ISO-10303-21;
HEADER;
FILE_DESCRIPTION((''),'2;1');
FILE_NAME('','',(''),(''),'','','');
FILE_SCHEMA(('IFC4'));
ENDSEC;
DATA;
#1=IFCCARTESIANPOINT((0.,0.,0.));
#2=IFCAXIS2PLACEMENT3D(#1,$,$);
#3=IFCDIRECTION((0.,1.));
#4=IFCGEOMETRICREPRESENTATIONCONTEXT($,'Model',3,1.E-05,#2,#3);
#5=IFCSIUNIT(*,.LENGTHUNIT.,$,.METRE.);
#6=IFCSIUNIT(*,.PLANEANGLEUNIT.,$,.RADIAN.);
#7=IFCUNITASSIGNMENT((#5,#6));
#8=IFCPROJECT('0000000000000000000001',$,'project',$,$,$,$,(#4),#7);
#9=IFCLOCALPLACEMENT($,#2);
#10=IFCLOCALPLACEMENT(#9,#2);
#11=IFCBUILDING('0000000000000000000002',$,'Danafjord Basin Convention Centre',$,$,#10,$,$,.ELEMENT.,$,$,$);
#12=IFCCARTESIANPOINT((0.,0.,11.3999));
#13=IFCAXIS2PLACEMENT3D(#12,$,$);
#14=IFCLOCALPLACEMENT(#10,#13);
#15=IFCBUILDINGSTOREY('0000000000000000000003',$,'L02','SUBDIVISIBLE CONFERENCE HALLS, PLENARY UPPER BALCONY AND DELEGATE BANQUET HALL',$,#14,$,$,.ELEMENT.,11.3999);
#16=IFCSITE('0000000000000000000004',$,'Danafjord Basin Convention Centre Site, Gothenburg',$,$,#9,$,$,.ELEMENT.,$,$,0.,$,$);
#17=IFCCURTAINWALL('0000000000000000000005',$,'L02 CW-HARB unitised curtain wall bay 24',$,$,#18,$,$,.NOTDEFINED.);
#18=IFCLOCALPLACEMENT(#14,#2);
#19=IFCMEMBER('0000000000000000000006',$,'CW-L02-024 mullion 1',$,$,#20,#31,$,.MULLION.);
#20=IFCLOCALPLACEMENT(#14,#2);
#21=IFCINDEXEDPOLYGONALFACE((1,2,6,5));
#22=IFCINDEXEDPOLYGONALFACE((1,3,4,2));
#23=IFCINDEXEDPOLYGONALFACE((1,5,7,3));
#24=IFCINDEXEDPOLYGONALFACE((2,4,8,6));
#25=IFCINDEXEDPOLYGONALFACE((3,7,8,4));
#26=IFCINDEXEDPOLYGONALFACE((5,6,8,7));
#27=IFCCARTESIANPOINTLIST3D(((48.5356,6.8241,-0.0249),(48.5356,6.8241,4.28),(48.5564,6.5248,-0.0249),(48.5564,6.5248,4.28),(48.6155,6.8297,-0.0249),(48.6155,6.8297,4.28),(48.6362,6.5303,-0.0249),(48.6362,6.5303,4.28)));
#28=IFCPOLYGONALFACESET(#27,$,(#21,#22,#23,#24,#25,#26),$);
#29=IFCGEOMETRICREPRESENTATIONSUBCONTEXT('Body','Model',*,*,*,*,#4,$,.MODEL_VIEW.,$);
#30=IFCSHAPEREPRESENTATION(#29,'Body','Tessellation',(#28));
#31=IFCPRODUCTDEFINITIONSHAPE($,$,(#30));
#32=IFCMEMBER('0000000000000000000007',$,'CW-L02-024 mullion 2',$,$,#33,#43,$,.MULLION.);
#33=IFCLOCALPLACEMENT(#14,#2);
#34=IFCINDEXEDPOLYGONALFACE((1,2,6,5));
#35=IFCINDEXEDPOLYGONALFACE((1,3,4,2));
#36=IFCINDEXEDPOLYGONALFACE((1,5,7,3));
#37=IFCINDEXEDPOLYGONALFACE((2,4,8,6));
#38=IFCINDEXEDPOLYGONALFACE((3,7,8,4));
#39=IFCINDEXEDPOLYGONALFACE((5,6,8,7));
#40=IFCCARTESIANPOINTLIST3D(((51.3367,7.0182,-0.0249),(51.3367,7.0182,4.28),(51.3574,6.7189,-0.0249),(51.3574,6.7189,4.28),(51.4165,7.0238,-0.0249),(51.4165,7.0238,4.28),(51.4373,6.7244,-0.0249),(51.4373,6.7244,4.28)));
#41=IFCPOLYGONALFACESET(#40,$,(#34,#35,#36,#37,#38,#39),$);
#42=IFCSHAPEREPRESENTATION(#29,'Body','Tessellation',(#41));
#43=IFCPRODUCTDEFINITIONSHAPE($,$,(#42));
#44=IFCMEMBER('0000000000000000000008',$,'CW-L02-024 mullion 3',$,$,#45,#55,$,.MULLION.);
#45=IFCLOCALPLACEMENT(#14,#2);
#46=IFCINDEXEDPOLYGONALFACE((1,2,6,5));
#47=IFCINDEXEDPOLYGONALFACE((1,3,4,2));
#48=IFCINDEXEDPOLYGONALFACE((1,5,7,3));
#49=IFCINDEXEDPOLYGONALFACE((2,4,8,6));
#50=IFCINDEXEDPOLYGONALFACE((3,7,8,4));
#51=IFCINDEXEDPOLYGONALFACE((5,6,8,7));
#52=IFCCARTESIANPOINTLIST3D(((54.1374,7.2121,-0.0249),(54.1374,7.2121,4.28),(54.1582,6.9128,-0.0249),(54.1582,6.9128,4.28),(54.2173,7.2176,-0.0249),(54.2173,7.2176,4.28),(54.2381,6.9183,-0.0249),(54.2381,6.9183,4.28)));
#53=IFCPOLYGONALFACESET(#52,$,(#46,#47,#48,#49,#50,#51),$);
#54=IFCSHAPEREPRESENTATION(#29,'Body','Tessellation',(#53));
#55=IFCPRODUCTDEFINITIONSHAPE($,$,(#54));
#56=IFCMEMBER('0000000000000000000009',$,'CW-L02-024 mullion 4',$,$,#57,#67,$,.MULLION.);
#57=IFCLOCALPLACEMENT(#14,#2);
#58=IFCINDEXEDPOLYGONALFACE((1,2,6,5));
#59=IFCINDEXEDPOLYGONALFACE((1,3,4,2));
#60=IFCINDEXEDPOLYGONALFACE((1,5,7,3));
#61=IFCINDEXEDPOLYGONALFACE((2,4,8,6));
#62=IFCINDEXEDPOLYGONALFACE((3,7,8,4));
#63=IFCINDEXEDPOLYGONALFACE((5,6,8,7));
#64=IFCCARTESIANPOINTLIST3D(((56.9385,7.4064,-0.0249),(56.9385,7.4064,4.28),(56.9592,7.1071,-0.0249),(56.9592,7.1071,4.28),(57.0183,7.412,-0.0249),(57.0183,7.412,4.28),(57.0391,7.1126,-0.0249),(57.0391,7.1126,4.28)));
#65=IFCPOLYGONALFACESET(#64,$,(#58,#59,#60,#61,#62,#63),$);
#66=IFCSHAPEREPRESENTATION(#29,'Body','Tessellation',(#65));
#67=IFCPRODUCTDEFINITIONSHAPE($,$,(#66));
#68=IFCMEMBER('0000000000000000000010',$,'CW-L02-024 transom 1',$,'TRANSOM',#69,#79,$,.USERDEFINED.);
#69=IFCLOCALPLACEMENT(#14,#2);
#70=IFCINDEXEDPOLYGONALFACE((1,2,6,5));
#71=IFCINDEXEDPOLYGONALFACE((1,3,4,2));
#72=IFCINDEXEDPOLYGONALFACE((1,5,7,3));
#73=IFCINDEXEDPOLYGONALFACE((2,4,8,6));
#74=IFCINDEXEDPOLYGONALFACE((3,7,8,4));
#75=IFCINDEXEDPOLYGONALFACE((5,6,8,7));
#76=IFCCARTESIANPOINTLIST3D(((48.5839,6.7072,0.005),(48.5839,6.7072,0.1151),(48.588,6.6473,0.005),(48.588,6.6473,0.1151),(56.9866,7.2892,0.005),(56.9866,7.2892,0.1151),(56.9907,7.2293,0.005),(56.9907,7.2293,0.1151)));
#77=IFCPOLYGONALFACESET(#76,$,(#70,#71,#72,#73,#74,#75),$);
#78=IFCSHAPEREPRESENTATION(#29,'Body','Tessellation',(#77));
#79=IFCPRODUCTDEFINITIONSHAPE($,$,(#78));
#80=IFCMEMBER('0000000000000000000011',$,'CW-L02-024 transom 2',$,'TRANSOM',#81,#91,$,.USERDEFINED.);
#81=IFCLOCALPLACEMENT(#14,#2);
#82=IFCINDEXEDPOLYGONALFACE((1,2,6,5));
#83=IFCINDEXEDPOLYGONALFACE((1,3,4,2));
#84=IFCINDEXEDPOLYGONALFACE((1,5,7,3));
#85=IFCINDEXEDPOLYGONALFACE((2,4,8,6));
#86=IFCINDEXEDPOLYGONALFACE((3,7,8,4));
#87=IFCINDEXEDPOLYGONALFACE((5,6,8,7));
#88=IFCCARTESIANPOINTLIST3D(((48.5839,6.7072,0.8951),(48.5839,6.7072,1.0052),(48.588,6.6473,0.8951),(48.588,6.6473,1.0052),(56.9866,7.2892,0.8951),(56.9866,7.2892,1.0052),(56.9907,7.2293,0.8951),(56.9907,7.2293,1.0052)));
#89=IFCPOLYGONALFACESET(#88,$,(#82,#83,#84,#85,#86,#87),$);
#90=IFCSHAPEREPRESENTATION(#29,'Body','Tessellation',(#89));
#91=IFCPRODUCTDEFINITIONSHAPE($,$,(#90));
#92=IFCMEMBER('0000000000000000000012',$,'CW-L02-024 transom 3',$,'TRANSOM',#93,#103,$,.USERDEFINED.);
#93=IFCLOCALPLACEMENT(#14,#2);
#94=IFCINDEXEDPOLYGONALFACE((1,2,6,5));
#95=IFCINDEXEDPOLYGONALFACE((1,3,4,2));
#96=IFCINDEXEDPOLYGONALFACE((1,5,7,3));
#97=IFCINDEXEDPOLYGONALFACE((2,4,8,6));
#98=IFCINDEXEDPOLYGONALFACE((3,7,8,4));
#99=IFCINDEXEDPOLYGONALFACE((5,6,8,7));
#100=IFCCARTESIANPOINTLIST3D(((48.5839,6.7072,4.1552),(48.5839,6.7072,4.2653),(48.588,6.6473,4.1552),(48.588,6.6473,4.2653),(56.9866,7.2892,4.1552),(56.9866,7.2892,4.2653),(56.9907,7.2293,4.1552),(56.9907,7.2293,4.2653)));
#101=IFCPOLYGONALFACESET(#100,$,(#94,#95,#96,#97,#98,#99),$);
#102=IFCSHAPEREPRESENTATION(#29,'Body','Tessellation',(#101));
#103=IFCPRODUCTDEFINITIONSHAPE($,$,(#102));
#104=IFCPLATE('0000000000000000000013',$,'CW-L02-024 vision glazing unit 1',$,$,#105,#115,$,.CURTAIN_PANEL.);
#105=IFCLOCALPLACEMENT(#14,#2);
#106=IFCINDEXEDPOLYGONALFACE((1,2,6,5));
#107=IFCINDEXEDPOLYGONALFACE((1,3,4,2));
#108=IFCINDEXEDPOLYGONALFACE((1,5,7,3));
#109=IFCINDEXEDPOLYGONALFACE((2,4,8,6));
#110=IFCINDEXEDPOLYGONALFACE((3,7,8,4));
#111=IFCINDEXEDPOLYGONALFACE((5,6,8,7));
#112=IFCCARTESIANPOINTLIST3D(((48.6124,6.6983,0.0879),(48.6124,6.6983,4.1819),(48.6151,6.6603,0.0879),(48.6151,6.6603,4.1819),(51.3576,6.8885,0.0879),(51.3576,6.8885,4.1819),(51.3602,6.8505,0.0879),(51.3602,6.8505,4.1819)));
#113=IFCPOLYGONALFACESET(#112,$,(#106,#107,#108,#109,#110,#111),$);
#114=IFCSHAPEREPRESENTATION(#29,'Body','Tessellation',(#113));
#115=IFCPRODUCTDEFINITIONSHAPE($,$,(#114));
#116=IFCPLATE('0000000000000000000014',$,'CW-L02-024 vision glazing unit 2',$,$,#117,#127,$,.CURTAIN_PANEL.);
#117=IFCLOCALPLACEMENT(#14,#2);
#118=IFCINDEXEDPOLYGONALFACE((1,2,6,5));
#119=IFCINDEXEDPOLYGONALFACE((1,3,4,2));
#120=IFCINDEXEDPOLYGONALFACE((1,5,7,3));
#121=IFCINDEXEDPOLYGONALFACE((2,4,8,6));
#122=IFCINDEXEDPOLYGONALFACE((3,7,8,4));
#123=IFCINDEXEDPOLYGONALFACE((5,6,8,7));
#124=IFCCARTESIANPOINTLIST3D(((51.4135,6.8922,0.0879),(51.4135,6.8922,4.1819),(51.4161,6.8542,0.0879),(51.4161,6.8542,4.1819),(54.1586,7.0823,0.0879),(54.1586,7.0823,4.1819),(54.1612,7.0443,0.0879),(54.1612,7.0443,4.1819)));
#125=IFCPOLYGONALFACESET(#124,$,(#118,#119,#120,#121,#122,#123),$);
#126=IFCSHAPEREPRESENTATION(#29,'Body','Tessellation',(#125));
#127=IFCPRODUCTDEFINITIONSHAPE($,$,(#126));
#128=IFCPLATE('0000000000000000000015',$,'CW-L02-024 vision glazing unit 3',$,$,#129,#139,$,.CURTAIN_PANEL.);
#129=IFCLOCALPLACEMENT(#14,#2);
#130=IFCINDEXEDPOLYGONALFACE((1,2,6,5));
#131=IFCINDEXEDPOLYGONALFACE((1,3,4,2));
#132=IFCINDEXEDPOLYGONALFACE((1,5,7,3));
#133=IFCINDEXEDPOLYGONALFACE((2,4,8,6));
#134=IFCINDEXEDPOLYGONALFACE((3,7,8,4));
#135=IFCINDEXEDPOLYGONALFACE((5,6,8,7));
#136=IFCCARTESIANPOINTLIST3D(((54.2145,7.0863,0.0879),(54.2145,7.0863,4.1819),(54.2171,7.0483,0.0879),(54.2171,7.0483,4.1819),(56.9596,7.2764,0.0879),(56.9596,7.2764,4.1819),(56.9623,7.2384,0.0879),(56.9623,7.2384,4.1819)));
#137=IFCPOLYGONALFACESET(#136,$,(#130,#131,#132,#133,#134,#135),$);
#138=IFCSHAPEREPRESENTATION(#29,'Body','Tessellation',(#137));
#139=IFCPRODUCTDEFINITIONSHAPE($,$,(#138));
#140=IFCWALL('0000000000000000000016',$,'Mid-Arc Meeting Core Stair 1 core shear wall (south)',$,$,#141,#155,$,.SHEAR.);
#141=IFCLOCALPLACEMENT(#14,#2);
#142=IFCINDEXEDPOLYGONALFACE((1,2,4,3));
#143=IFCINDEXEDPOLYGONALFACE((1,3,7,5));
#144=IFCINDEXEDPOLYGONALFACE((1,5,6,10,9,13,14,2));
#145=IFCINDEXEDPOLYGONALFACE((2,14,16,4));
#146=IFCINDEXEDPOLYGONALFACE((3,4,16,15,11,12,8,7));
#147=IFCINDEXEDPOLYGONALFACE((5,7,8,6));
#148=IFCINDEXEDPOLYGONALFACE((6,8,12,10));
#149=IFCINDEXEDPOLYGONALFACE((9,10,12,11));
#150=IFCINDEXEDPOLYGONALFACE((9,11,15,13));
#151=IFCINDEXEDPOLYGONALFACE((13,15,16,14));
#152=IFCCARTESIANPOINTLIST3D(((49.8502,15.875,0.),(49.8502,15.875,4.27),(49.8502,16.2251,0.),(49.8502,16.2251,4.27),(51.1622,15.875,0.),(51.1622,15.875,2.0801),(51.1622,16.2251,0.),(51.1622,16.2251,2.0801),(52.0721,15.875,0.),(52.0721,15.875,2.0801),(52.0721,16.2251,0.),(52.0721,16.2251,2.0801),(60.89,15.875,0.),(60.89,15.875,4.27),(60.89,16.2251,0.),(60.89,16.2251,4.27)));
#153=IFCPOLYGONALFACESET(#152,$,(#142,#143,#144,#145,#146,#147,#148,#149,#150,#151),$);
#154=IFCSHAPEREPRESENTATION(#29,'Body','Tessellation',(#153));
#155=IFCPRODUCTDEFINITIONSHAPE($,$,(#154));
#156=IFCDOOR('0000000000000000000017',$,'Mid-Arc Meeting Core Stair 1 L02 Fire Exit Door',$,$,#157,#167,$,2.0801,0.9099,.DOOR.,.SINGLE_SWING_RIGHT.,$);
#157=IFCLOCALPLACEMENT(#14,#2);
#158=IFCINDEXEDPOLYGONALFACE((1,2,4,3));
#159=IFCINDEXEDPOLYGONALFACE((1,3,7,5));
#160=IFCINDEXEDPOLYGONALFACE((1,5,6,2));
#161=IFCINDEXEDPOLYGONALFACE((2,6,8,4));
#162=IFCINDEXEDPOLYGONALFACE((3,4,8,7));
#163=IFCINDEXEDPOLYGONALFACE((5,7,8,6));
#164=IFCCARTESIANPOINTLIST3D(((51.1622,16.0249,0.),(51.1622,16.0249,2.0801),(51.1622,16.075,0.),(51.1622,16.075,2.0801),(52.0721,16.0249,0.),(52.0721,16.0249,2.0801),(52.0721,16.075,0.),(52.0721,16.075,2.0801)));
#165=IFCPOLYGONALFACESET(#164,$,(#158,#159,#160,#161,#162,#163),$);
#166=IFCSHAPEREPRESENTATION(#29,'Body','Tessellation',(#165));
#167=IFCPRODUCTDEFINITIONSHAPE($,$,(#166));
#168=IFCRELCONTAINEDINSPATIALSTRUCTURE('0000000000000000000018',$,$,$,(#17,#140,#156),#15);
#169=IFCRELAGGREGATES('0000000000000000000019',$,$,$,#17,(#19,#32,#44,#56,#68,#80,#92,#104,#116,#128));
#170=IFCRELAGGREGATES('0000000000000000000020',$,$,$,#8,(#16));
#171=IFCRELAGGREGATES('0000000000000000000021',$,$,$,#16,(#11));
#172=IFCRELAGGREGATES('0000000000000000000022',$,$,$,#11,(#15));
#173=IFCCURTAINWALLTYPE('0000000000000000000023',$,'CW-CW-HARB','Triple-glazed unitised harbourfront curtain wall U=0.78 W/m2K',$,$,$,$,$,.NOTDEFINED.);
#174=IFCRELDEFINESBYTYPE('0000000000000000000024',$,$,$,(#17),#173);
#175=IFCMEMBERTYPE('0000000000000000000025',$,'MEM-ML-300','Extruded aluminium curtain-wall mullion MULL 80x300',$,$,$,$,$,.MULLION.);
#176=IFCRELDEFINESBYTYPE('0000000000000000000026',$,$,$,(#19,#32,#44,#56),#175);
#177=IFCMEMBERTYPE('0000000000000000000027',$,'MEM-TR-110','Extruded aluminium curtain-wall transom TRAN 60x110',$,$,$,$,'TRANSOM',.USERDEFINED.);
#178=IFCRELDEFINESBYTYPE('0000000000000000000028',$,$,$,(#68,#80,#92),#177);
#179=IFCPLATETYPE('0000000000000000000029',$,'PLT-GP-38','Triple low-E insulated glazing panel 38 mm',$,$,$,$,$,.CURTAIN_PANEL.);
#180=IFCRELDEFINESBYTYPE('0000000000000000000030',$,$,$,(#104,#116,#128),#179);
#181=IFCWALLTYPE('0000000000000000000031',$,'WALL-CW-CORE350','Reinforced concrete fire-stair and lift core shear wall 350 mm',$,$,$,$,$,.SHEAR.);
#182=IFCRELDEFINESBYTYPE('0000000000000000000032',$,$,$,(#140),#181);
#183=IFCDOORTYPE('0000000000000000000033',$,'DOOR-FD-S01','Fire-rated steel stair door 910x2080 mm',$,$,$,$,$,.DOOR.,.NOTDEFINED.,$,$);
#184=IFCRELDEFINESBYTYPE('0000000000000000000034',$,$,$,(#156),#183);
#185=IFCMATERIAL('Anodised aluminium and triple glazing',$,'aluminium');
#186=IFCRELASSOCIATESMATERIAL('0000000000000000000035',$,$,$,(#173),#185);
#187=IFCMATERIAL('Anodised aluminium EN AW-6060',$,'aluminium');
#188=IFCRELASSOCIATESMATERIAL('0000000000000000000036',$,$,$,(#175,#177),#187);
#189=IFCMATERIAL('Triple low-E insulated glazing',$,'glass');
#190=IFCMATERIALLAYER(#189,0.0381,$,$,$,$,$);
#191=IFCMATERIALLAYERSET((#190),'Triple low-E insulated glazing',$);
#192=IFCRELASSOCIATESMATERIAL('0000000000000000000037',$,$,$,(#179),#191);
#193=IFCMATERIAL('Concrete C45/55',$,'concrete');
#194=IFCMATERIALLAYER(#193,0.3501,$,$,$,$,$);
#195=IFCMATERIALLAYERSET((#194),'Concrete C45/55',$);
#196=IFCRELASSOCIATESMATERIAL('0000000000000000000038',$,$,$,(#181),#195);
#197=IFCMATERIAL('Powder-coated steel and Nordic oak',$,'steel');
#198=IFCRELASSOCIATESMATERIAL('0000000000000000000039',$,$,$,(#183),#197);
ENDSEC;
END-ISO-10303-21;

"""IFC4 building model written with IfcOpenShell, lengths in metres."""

from ifc_helpers import new_model, si_unit, direction, frame, frame_2d, origin, origin_2d, place, context, subcontext, project, spatial, rectangle, extrude, material, layer, layer_set, material_profile, profile_set, type_object, element, fill, aggregate, save


model = new_model("IFC4")

# Units and contexts
model_context = context("Model", 3, precision=1e-05, world=origin(), true_north=direction((0.0, 1.0)))
body_context = subcontext(model_context, "Body", "Model", "MODEL_VIEW")
ifc_project = project(units=[si_unit("LENGTHUNIT", "METRE"), si_unit("PLANEANGLEUNIT", "RADIAN")], contexts=[model_context])

# Site, building, storey
site_placement = place(None, origin())
site = spatial("IfcSite", under=ifc_project, at=site_placement, Name="Danafjord Basin Convention Centre Site, Gothenburg", CompositionType="ELEMENT", RefElevation=0.0)
building_placement = place(site_placement, origin())
building = spatial("IfcBuilding", under=site, at=building_placement, Name="Danafjord Basin Convention Centre", CompositionType="ELEMENT")
storey_placement = place(building_placement, frame((0.0, 0.0, 11.3999)))
storey = spatial("IfcBuildingStorey", under=building, at=storey_placement, Name="L02", Description="SUBDIVISIBLE CONFERENCE HALLS, PLENARY UPPER BALCONY AND DELEGATE BANQUET HALL", CompositionType="ELEMENT", Elevation=11.3999)

# Curtain wall, members, plates
ifc_material_1 = material(Name="Anodised aluminium and triple glazing", Category="aluminium")
curtain_wall_type = type_object("IfcCurtainWallType", Name="CW-CW-HARB", Description="Triple-glazed unitised harbourfront curtain wall U=0.78 W/m2K", PredefinedType="NOTDEFINED", material=ifc_material_1)
curtain_wall_placement = place(storey_placement, origin())
curtain_wall = element("IfcCurtainWall", 1, at=curtain_wall_placement, inside=storey, type_object=curtain_wall_type, Name="L02 CW-HARB unitised curtain wall bay 24", PredefinedType="NOTDEFINED")
ifc_material_2 = material(Name="Anodised aluminium EN AW-6060", Category="aluminium")
ifc_material_profile_1 = material_profile(ifc_material_2, rectangle(XDim=0.0801, YDim=0.3, at=origin_2d()), Name="MULL 80x300")
ifc_profile_set_1 = profile_set([ifc_material_profile_1], Name="Anodised aluminium EN AW-6060")
member_type_1 = type_object("IfcMemberType", Name="MEM-ML-300", Description="Extruded aluminium curtain-wall mullion MULL 80x300", PredefinedType="MULLION", material=ifc_profile_set_1)
member_1_placement = place(storey_placement, frame((48.5859, 6.6772, -0.0249), z_axis=(0.0, 0.0, 1.0), x_axis=(0.997609, 0.069105, 0.0)))
member_1 = element("IfcMember", 2, at=member_1_placement, type_object=member_type_1, Name="CW-L02-024 mullion 1", PredefinedType="MULLION", context=body_context, shape_type="SweptSolid", body=[
    extrude(rectangle(XDim=0.0801, YDim=0.3, at=origin_2d()), origin(), (0.0, 0.0, 1.0), 4.3049),
])
member_2_placement = place(storey_placement, frame((51.387, 6.8713, -0.0249), z_axis=(0.0, 0.0, 1.0), x_axis=(0.997609, 0.069105, 0.0)))
member_2 = element("IfcMember", 3, at=member_2_placement, type_object=member_type_1, Name="CW-L02-024 mullion 2", PredefinedType="MULLION", context=body_context, shape_type="SweptSolid", body=[
    extrude(rectangle(XDim=0.0801, YDim=0.3, at=origin_2d()), origin(), (0.0, 0.0, 1.0), 4.3049),
])
member_3_placement = place(storey_placement, frame((54.1877, 7.0652, -0.0249), z_axis=(0.0, 0.0, 1.0), x_axis=(0.997609, 0.069105, 0.0)))
member_3 = element("IfcMember", 4, at=member_3_placement, type_object=member_type_1, Name="CW-L02-024 mullion 3", PredefinedType="MULLION", context=body_context, shape_type="SweptSolid", body=[
    extrude(rectangle(XDim=0.0801, YDim=0.3, at=origin_2d()), origin(), (0.0, 0.0, 1.0), 4.3049),
])
member_4_placement = place(storey_placement, frame((56.9888, 7.2595, -0.0249), z_axis=(0.0, 0.0, 1.0), x_axis=(0.997609, 0.069105, 0.0)))
member_4 = element("IfcMember", 5, at=member_4_placement, type_object=member_type_1, Name="CW-L02-024 mullion 4", PredefinedType="MULLION", context=body_context, shape_type="SweptSolid", body=[
    extrude(rectangle(XDim=0.0801, YDim=0.3, at=origin_2d()), origin(), (0.0, 0.0, 1.0), 4.3049),
])
ifc_material_profile_2 = material_profile(ifc_material_2, rectangle(XDim=0.0601, YDim=0.1101, at=origin_2d()), Name="TRAN 60x110")
ifc_profile_set_2 = profile_set([ifc_material_profile_2], Name="Anodised aluminium EN AW-6060")
member_type_2 = type_object("IfcMemberType", Name="MEM-TR-110", Description="Extruded aluminium curtain-wall transom TRAN 60x110", ElementType="TRANSOM", PredefinedType="USERDEFINED", material=ifc_profile_set_2)
member_5_placement = place(storey_placement, frame((48.5859, 6.6772, 0.0601), z_axis=(0.99761, 0.069101, 0.0), x_axis=(-0.069101, 0.99761, 0.0)))
member_5 = element("IfcMember", 6, at=member_5_placement, type_object=member_type_2, Name="CW-L02-024 transom 1", ObjectType="TRANSOM", PredefinedType="USERDEFINED", context=body_context, shape_type="SweptSolid", body=[
    extrude(rectangle(XDim=0.0601, YDim=0.1101, at=origin_2d()), origin(), (0.0, 0.0, 1.0), 8.4229),
])
member_6_placement = place(storey_placement, frame((48.5859, 6.6772, 0.9502), z_axis=(0.99761, 0.069101, 0.0), x_axis=(-0.069101, 0.99761, 0.0)))
member_6 = element("IfcMember", 7, at=member_6_placement, type_object=member_type_2, Name="CW-L02-024 transom 2", ObjectType="TRANSOM", PredefinedType="USERDEFINED", context=body_context, shape_type="SweptSolid", body=[
    extrude(rectangle(XDim=0.0601, YDim=0.1101, at=origin_2d()), origin(), (0.0, 0.0, 1.0), 8.4229),
])
member_7_placement = place(storey_placement, frame((48.5859, 6.6772, 4.2102), z_axis=(0.99761, 0.069101, 0.0), x_axis=(-0.069101, 0.99761, 0.0)))
member_7 = element("IfcMember", 8, at=member_7_placement, type_object=member_type_2, Name="CW-L02-024 transom 3", ObjectType="TRANSOM", PredefinedType="USERDEFINED", context=body_context, shape_type="SweptSolid", body=[
    extrude(rectangle(XDim=0.0601, YDim=0.1101, at=origin_2d()), origin(), (0.0, 0.0, 1.0), 8.4229),
])
ifc_material_3 = material(Name="Triple low-E insulated glazing", Category="glass")
ifc_layer_1 = layer(ifc_material_3, 0.0381)
ifc_layer_set_1 = layer_set([ifc_layer_1], Name="Triple low-E insulated glazing")
plate_type = type_object("IfcPlateType", Name="PLT-GP-38", Description="Triple low-E insulated glazing panel 38 mm", PredefinedType="CURTAIN_PANEL", material=ifc_layer_set_1)
plate_1_placement = place(storey_placement, frame((49.9863, 6.7744, 0.0879), z_axis=(0.0, 0.0, 1.0), x_axis=(0.997609, 0.069105, 0.0)))
plate_1 = element("IfcPlate", 9, at=plate_1_placement, type_object=plate_type, Name="CW-L02-024 vision glazing unit 1", PredefinedType="CURTAIN_PANEL", context=body_context, shape_type="SweptSolid", body=[
    extrude(rectangle(XDim=2.7517, YDim=0.0381, at=origin_2d()), origin(), (0.0, 0.0, 1.0), 4.094),
])
plate_2_placement = place(storey_placement, frame((52.7874, 6.9683, 0.0879), z_axis=(0.0, 0.0, 1.0), x_axis=(0.997609, 0.069105, 0.0)))
plate_2 = element("IfcPlate", 10, at=plate_2_placement, type_object=plate_type, Name="CW-L02-024 vision glazing unit 2", PredefinedType="CURTAIN_PANEL", context=body_context, shape_type="SweptSolid", body=[
    extrude(rectangle(XDim=2.7517, YDim=0.0381, at=origin_2d()), origin(), (0.0, 0.0, 1.0), 4.094),
])
plate_3_placement = place(storey_placement, frame((55.5884, 7.1624, 0.0879), z_axis=(0.0, 0.0, 1.0), x_axis=(0.997609, 0.069105, 0.0)))
plate_3 = element("IfcPlate", 11, at=plate_3_placement, type_object=plate_type, Name="CW-L02-024 vision glazing unit 3", PredefinedType="CURTAIN_PANEL", context=body_context, shape_type="SweptSolid", body=[
    extrude(rectangle(XDim=2.7517, YDim=0.0381, at=origin_2d()), origin(), (0.0, 0.0, 1.0), 4.094),
])
aggregate(curtain_wall, [member_1, member_2, member_3, member_4, member_5, member_6, member_7, plate_1, plate_2, plate_3])

# Wall, opening, door
ifc_material_4 = material(Name="Concrete C45/55", Category="concrete")
ifc_layer_2 = layer(ifc_material_4, 0.3501)
ifc_layer_set_2 = layer_set([ifc_layer_2], Name="Concrete C45/55")
wall_type = type_object("IfcWallType", Name="WALL-CW-CORE350", Description="Reinforced concrete fire-stair and lift core shear wall 350 mm", PredefinedType="SHEAR", material=ifc_layer_set_2)
wall_placement = place(storey_placement, frame((49.8501, 16.05, 0.0), z_axis=(0.0, 0.0, 1.0), x_axis=(1.0, 0.0, 0.0)))
wall = element("IfcWall", 12, at=wall_placement, inside=storey, type_object=wall_type, Name="Mid-Arc Meeting Core Stair 1 core shear wall (south)", PredefinedType="SHEAR", context=body_context, shape_type="SweptSolid", body=[
    extrude(rectangle(XDim=11.0398, YDim=0.3501, at=frame_2d((5.52, 0.0))), origin(), (0.0, 0.0, 1.0), 4.27),
])
opening_placement = place(wall_placement, frame((1.312, 0.0, 0.0)))
opening = element("IfcOpeningElement", 13, at=opening_placement, cuts=wall, PredefinedType="OPENING", context=body_context, shape_type="SweptSolid", body=[
    extrude(rectangle(XDim=0.9099, YDim=2.0801, at=frame_2d((0.4551, 1.04))), frame((0.0, 0.1851, 0.0), z_axis=(0.0, -1.0, 0.0), x_axis=(1.0, 0.0, 0.0)), (0.0, 0.0, 1.0), 0.3701),
])
ifc_material_5 = material(Name="Powder-coated steel and Nordic oak", Category="steel")
door_type = type_object("IfcDoorType", Name="DOOR-FD-S01", Description="Fire-rated steel stair door 910x2080 mm", OperationType="NOTDEFINED", PredefinedType="DOOR", material=ifc_material_5)
door_placement = place(opening_placement, origin())
door = element("IfcDoor", 14, at=door_placement, inside=storey, type_object=door_type, Name="Mid-Arc Meeting Core Stair 1 L02 Fire Exit Door", OperationType="SINGLE_SWING_RIGHT", OverallHeight=2.0801, OverallWidth=0.9099, PredefinedType="DOOR", context=body_context, shape_type="SweptSolid", body=[
    extrude(rectangle(XDim=0.9099, YDim=2.0801, at=frame_2d((0.4551, 1.04))), frame((0.0, 0.0249, 0.0), z_axis=(0.0, -1.0, 0.0), x_axis=(1.0, 0.0, 0.0)), (0.0, 0.0, 1.0), 0.05),
])
fill(opening, door)

save(model, "model.ifc")
